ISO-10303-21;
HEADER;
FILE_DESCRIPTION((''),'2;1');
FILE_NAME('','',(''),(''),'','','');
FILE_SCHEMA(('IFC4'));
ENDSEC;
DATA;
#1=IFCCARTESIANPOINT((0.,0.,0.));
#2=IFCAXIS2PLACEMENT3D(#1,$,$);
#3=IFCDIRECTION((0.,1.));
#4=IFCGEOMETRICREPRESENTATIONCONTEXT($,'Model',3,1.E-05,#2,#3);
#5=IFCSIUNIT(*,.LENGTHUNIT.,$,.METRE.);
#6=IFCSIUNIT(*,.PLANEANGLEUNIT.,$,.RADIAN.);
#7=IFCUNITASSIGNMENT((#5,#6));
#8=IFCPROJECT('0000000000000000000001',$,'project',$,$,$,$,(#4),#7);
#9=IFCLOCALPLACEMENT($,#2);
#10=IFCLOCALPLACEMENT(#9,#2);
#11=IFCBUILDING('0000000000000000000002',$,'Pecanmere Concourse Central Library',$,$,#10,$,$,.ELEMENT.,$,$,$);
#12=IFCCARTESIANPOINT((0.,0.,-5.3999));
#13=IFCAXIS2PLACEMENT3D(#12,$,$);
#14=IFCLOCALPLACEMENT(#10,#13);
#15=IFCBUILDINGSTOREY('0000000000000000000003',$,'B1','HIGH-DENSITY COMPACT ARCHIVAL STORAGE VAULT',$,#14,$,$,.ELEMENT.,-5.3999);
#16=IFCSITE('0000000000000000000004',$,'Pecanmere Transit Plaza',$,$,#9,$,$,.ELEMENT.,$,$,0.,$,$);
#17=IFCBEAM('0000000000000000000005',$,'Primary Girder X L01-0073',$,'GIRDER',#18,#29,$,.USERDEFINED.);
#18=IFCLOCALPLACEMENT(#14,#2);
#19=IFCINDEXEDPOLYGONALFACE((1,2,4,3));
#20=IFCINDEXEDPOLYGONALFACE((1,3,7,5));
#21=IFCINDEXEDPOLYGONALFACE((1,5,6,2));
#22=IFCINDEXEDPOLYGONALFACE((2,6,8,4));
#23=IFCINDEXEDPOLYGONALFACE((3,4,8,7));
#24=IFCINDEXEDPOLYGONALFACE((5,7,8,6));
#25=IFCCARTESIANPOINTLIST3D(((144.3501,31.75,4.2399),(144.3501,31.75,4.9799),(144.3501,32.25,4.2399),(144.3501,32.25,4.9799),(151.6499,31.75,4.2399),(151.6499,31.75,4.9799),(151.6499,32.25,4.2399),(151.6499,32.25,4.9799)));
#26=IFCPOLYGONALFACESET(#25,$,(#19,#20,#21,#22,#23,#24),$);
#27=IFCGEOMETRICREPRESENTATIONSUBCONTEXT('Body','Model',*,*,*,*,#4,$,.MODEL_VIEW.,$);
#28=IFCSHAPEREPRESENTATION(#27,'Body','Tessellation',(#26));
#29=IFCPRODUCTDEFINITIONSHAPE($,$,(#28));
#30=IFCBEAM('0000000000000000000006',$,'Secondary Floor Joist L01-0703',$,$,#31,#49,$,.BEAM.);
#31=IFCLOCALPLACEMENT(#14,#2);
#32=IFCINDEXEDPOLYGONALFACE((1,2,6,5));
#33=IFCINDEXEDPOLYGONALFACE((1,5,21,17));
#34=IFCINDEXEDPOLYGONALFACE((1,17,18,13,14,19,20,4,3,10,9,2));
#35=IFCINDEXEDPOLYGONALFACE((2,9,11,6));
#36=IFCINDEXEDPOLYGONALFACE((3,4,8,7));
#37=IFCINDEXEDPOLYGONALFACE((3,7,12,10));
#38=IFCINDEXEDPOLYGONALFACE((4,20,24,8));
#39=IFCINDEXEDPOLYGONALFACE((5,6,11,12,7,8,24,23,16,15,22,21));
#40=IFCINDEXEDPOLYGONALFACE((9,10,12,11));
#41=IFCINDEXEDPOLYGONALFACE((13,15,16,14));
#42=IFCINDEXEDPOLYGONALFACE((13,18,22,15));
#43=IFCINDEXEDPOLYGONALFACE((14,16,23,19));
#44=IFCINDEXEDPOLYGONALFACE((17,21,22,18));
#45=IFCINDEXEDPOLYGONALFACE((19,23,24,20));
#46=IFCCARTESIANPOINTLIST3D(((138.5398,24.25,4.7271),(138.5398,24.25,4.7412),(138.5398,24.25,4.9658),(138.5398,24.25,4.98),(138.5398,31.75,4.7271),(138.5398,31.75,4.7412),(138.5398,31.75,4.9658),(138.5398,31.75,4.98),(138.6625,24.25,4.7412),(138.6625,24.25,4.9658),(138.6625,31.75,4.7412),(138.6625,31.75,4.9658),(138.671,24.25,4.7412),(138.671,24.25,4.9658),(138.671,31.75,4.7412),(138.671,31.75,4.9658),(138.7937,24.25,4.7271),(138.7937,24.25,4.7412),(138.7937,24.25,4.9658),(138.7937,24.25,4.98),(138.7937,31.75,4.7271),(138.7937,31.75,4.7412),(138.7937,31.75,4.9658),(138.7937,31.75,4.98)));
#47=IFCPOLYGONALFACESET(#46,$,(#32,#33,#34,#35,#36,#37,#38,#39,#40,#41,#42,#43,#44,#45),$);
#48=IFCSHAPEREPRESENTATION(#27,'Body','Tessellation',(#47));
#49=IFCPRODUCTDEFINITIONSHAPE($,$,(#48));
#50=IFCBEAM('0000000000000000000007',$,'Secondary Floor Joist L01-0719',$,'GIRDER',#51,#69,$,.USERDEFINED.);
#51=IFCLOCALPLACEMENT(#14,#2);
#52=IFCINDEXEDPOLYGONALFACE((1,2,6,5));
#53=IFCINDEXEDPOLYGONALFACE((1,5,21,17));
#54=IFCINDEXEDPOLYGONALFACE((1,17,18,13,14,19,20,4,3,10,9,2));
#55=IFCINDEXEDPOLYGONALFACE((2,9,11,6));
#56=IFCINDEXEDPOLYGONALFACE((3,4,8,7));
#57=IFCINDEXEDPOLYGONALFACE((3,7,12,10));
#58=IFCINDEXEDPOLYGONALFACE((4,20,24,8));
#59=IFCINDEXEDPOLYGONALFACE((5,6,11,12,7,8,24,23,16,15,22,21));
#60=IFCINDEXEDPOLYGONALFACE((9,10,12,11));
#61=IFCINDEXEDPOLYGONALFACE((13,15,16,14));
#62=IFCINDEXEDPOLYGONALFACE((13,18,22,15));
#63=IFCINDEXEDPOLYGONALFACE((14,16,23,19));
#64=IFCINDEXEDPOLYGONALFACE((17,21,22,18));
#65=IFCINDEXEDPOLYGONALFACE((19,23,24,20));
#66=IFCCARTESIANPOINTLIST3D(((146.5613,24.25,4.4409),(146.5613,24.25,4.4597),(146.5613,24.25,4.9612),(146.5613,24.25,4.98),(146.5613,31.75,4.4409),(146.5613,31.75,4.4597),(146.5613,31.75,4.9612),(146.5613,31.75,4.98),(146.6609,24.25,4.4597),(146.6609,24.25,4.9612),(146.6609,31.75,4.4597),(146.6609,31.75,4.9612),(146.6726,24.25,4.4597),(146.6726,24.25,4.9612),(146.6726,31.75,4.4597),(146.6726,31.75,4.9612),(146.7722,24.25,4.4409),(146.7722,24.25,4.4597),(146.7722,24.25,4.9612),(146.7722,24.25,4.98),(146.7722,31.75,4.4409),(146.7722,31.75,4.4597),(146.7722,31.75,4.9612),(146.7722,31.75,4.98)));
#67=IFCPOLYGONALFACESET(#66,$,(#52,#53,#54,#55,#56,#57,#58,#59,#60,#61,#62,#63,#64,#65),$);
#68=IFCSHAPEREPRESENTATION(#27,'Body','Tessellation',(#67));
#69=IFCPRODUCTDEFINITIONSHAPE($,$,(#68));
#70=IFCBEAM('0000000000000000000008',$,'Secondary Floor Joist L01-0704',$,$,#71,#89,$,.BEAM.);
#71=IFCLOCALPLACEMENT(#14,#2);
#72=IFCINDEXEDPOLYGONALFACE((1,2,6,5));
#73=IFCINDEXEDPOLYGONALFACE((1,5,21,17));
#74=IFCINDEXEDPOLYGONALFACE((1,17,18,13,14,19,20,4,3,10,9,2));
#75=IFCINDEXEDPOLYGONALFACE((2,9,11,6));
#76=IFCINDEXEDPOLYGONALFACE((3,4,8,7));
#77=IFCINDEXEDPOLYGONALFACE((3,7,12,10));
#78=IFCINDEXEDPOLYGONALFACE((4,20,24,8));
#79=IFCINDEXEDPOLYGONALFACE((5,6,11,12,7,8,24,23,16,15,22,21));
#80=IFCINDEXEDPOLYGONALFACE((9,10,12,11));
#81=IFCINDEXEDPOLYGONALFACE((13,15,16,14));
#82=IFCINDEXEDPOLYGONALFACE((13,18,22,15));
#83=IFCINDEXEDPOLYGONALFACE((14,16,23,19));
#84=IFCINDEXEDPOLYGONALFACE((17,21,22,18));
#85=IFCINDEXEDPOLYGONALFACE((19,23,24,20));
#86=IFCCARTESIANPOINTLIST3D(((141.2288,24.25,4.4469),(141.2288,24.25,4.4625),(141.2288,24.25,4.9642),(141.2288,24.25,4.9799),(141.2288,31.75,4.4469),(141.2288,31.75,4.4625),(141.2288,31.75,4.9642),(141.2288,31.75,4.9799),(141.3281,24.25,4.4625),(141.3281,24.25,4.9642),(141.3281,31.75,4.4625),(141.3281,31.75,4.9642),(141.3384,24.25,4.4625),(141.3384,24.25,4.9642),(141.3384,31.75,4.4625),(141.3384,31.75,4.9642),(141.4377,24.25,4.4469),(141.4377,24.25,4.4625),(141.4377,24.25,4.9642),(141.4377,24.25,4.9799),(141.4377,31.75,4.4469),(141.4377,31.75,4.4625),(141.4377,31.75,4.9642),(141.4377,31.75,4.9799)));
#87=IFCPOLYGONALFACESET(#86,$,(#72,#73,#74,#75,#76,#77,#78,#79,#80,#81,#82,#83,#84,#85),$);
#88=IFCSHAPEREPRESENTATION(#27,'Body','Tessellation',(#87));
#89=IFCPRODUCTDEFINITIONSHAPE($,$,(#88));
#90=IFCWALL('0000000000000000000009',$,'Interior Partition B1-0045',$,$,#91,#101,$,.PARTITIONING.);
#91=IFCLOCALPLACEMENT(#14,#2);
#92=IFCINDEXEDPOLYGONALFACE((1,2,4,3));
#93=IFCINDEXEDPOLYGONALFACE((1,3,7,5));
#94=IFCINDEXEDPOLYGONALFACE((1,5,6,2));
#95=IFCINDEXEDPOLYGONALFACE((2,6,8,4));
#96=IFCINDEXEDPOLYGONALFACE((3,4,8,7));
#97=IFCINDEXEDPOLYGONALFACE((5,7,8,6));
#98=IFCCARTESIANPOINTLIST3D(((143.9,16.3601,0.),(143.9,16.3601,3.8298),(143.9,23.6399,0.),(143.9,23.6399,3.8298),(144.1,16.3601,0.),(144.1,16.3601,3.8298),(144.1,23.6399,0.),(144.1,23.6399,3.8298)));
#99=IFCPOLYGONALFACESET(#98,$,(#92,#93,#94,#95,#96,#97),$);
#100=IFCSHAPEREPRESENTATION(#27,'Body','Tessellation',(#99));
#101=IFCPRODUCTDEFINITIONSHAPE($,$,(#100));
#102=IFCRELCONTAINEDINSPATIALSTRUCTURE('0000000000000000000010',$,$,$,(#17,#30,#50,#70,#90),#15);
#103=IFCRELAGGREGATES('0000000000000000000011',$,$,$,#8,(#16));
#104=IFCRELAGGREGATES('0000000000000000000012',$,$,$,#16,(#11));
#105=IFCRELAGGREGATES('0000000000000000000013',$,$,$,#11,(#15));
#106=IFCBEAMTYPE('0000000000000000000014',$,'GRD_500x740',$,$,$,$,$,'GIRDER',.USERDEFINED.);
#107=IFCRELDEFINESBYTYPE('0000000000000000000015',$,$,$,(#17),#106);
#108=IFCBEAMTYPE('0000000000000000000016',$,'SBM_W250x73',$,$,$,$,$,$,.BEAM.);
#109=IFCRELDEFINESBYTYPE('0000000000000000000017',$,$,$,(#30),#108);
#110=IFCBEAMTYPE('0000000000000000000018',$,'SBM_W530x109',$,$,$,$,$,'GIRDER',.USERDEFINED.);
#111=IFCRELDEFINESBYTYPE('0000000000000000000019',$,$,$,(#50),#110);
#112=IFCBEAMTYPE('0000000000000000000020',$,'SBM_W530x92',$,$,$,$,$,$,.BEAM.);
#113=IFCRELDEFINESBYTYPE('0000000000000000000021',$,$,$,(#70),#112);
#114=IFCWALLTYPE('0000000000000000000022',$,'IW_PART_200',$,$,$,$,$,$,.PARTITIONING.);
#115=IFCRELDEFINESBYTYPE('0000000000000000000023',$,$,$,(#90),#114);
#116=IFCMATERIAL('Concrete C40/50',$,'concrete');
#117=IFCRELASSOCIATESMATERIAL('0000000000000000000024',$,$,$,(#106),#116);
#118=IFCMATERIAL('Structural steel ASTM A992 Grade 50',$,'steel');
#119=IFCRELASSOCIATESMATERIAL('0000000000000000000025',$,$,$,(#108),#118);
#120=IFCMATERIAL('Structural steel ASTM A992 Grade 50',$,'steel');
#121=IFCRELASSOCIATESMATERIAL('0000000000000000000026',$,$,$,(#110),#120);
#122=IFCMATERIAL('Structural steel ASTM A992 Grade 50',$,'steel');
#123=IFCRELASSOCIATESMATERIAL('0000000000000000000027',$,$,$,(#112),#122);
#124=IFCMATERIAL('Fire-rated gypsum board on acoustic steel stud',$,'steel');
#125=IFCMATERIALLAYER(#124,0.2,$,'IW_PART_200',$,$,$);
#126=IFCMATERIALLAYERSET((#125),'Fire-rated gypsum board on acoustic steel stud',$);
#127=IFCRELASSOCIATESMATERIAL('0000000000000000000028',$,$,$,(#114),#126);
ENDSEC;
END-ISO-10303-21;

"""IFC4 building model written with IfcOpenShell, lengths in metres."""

from ifc_helpers import new_model, si_unit, direction, frame, frame_2d, origin, origin_2d, place, context, subcontext, project, spatial, rectangle, i_section, extrude, material, layer, layer_set, material_profile, profile_set, type_object, element, save


model = new_model("IFC4")

# Units and contexts
model_context = context("Model", 3, precision=1e-05, world=origin(), true_north=direction((0.0, 1.0)))
body_context = subcontext(model_context, "Body", "Model", "MODEL_VIEW")
ifc_project = project(units=[si_unit("LENGTHUNIT", "METRE"), si_unit("PLANEANGLEUNIT", "RADIAN")], contexts=[model_context])

# Site, building, storey
site_placement = place(None, origin())
site = spatial("IfcSite", under=ifc_project, at=site_placement, Name="Pecanmere Transit Plaza", CompositionType="ELEMENT", RefElevation=0.0)
building_placement = place(site_placement, origin())
building = spatial("IfcBuilding", under=site, at=building_placement, Name="Pecanmere Concourse Central Library", CompositionType="ELEMENT")
storey_placement = place(building_placement, frame((0.0, 0.0, -5.3999)))
storey = spatial("IfcBuildingStorey", under=building, at=storey_placement, Name="B1", Description="HIGH-DENSITY COMPACT ARCHIVAL STORAGE VAULT", CompositionType="ELEMENT", Elevation=-5.3999)

# Beams
ifc_material_1 = material(Name="Concrete C40/50", Category="concrete")
ifc_material_profile_1 = material_profile(ifc_material_1, rectangle(XDim=0.5, YDim=0.74, at=origin_2d()), Name="RC 500x740")
ifc_profile_set_1 = profile_set([ifc_material_profile_1], Name="Concrete C40/50")
beam_type_1 = type_object("IfcBeamType", Name="GRD_500x740", ElementType="GIRDER", PredefinedType="USERDEFINED", material=ifc_profile_set_1)
for number, where, z_axis, x_axis, name in (
    (1, (144.3501, 32.0, 4.6099), (1.0, 0.0, 0.0), (0.0, 1.0, 0.0), "Primary Girder X L01-0073"),
):
    element("IfcBeam", number, at=place(storey_placement, frame(where, z_axis=z_axis, x_axis=x_axis)), inside=storey, type_object=beam_type_1, Name=name, ObjectType="GIRDER", PredefinedType="USERDEFINED", context=body_context, shape_type="SweptSolid", body=[
        extrude(rectangle(XDim=0.5, YDim=0.74, at=origin_2d()), origin(), (0.0, 0.0, 1.0), 7.2998),
    ])
ifc_material_2 = material(Name="Structural steel ASTM A992 Grade 50", Category="steel")
ifc_material_profile_2 = material_profile(ifc_material_2, i_section(OverallWidth=0.2539, OverallDepth=0.2529, WebThickness=0.0085, FlangeThickness=0.0142, at=origin_2d()), Name="W250x73")
ifc_profile_set_2 = profile_set([ifc_material_profile_2], Name="Structural steel ASTM A992 Grade 50")
beam_type_2 = type_object("IfcBeamType", Name="SBM_W250x73", PredefinedType="BEAM", material=ifc_profile_set_2)
beam_1_placement = place(storey_placement, frame((138.6667, 24.25, 4.8535), z_axis=(0.0, 1.0, 0.0), x_axis=(-1.0, 0.0, 0.0)))
element("IfcBeam", 2, at=beam_1_placement, inside=storey, type_object=beam_type_2, Name="Secondary Floor Joist L01-0703", PredefinedType="BEAM", context=body_context, shape_type="SweptSolid", body=[
    extrude(i_section(OverallWidth=0.2539, OverallDepth=0.2529, WebThickness=0.0085, FlangeThickness=0.0142, at=origin_2d()), origin(), (0.0, 0.0, 1.0), 7.5),
])
ifc_material_3 = material(Name="Structural steel ASTM A992 Grade 50", Category="steel")
ifc_material_profile_3 = material_profile(ifc_material_3, i_section(OverallWidth=0.2109, OverallDepth=0.5391, WebThickness=0.0117, FlangeThickness=0.0188, at=origin_2d()), Name="W530x109")
ifc_profile_set_3 = profile_set([ifc_material_profile_3], Name="Structural steel ASTM A992 Grade 50")
beam_type_3 = type_object("IfcBeamType", Name="SBM_W530x109", ElementType="GIRDER", PredefinedType="USERDEFINED", material=ifc_profile_set_3)
beam_2_placement = place(storey_placement, frame((146.6667, 24.25, 4.7104), z_axis=(0.0, 1.0, 0.0), x_axis=(-1.0, 0.0, 0.0)))
element("IfcBeam", 3, at=beam_2_placement, inside=storey, type_object=beam_type_3, Name="Secondary Floor Joist L01-0719", ObjectType="GIRDER", PredefinedType="USERDEFINED", context=body_context, shape_type="SweptSolid", body=[
    extrude(i_section(OverallWidth=0.2109, OverallDepth=0.5391, WebThickness=0.0117, FlangeThickness=0.0188, at=origin_2d()), origin(), (0.0, 0.0, 1.0), 7.5),
])
ifc_material_4 = material(Name="Structural steel ASTM A992 Grade 50", Category="steel")
ifc_material_profile_4 = material_profile(ifc_material_4, i_section(OverallWidth=0.209, OverallDepth=0.533, WebThickness=0.0103, FlangeThickness=0.0156, at=origin_2d()), Name="W530x92")
ifc_profile_set_4 = profile_set([ifc_material_profile_4], Name="Structural steel ASTM A992 Grade 50")
beam_type_4 = type_object("IfcBeamType", Name="SBM_W530x92", PredefinedType="BEAM", material=ifc_profile_set_4)
beam_3_placement = place(storey_placement, frame((141.3333, 24.25, 4.7134), z_axis=(0.0, 1.0, 0.0), x_axis=(-1.0, 0.0, 0.0)))
element("IfcBeam", 4, at=beam_3_placement, inside=storey, type_object=beam_type_4, Name="Secondary Floor Joist L01-0704", PredefinedType="BEAM", context=body_context, shape_type="SweptSolid", body=[
    extrude(i_section(OverallWidth=0.209, OverallDepth=0.533, WebThickness=0.0103, FlangeThickness=0.0156, at=origin_2d()), origin(), (0.0, 0.0, 1.0), 7.5),
])

# Wall
ifc_material_5 = material(Name="Fire-rated gypsum board on acoustic steel stud", Category="steel")
ifc_layer = layer(ifc_material_5, 0.2, Name="IW_PART_200")
ifc_layer_set = layer_set([ifc_layer], Name="Fire-rated gypsum board on acoustic steel stud")
wall_type = type_object("IfcWallType", Name="IW_PART_200", PredefinedType="PARTITIONING", material=ifc_layer_set)
wall_placement = place(storey_placement, frame((144.0, 16.3601, 0.0), z_axis=(0.0, 0.0, 1.0), x_axis=(0.0, 1.0, 0.0)))
element("IfcWall", 5, at=wall_placement, inside=storey, type_object=wall_type, Name="Interior Partition B1-0045", PredefinedType="PARTITIONING", context=body_context, shape_type="SweptSolid", body=[
    extrude(rectangle(XDim=7.2798, YDim=0.2, at=frame_2d((3.6399, 0.0))), origin(), (0.0, 0.0, 1.0), 3.8298),
])

save(model, "model.ifc")
